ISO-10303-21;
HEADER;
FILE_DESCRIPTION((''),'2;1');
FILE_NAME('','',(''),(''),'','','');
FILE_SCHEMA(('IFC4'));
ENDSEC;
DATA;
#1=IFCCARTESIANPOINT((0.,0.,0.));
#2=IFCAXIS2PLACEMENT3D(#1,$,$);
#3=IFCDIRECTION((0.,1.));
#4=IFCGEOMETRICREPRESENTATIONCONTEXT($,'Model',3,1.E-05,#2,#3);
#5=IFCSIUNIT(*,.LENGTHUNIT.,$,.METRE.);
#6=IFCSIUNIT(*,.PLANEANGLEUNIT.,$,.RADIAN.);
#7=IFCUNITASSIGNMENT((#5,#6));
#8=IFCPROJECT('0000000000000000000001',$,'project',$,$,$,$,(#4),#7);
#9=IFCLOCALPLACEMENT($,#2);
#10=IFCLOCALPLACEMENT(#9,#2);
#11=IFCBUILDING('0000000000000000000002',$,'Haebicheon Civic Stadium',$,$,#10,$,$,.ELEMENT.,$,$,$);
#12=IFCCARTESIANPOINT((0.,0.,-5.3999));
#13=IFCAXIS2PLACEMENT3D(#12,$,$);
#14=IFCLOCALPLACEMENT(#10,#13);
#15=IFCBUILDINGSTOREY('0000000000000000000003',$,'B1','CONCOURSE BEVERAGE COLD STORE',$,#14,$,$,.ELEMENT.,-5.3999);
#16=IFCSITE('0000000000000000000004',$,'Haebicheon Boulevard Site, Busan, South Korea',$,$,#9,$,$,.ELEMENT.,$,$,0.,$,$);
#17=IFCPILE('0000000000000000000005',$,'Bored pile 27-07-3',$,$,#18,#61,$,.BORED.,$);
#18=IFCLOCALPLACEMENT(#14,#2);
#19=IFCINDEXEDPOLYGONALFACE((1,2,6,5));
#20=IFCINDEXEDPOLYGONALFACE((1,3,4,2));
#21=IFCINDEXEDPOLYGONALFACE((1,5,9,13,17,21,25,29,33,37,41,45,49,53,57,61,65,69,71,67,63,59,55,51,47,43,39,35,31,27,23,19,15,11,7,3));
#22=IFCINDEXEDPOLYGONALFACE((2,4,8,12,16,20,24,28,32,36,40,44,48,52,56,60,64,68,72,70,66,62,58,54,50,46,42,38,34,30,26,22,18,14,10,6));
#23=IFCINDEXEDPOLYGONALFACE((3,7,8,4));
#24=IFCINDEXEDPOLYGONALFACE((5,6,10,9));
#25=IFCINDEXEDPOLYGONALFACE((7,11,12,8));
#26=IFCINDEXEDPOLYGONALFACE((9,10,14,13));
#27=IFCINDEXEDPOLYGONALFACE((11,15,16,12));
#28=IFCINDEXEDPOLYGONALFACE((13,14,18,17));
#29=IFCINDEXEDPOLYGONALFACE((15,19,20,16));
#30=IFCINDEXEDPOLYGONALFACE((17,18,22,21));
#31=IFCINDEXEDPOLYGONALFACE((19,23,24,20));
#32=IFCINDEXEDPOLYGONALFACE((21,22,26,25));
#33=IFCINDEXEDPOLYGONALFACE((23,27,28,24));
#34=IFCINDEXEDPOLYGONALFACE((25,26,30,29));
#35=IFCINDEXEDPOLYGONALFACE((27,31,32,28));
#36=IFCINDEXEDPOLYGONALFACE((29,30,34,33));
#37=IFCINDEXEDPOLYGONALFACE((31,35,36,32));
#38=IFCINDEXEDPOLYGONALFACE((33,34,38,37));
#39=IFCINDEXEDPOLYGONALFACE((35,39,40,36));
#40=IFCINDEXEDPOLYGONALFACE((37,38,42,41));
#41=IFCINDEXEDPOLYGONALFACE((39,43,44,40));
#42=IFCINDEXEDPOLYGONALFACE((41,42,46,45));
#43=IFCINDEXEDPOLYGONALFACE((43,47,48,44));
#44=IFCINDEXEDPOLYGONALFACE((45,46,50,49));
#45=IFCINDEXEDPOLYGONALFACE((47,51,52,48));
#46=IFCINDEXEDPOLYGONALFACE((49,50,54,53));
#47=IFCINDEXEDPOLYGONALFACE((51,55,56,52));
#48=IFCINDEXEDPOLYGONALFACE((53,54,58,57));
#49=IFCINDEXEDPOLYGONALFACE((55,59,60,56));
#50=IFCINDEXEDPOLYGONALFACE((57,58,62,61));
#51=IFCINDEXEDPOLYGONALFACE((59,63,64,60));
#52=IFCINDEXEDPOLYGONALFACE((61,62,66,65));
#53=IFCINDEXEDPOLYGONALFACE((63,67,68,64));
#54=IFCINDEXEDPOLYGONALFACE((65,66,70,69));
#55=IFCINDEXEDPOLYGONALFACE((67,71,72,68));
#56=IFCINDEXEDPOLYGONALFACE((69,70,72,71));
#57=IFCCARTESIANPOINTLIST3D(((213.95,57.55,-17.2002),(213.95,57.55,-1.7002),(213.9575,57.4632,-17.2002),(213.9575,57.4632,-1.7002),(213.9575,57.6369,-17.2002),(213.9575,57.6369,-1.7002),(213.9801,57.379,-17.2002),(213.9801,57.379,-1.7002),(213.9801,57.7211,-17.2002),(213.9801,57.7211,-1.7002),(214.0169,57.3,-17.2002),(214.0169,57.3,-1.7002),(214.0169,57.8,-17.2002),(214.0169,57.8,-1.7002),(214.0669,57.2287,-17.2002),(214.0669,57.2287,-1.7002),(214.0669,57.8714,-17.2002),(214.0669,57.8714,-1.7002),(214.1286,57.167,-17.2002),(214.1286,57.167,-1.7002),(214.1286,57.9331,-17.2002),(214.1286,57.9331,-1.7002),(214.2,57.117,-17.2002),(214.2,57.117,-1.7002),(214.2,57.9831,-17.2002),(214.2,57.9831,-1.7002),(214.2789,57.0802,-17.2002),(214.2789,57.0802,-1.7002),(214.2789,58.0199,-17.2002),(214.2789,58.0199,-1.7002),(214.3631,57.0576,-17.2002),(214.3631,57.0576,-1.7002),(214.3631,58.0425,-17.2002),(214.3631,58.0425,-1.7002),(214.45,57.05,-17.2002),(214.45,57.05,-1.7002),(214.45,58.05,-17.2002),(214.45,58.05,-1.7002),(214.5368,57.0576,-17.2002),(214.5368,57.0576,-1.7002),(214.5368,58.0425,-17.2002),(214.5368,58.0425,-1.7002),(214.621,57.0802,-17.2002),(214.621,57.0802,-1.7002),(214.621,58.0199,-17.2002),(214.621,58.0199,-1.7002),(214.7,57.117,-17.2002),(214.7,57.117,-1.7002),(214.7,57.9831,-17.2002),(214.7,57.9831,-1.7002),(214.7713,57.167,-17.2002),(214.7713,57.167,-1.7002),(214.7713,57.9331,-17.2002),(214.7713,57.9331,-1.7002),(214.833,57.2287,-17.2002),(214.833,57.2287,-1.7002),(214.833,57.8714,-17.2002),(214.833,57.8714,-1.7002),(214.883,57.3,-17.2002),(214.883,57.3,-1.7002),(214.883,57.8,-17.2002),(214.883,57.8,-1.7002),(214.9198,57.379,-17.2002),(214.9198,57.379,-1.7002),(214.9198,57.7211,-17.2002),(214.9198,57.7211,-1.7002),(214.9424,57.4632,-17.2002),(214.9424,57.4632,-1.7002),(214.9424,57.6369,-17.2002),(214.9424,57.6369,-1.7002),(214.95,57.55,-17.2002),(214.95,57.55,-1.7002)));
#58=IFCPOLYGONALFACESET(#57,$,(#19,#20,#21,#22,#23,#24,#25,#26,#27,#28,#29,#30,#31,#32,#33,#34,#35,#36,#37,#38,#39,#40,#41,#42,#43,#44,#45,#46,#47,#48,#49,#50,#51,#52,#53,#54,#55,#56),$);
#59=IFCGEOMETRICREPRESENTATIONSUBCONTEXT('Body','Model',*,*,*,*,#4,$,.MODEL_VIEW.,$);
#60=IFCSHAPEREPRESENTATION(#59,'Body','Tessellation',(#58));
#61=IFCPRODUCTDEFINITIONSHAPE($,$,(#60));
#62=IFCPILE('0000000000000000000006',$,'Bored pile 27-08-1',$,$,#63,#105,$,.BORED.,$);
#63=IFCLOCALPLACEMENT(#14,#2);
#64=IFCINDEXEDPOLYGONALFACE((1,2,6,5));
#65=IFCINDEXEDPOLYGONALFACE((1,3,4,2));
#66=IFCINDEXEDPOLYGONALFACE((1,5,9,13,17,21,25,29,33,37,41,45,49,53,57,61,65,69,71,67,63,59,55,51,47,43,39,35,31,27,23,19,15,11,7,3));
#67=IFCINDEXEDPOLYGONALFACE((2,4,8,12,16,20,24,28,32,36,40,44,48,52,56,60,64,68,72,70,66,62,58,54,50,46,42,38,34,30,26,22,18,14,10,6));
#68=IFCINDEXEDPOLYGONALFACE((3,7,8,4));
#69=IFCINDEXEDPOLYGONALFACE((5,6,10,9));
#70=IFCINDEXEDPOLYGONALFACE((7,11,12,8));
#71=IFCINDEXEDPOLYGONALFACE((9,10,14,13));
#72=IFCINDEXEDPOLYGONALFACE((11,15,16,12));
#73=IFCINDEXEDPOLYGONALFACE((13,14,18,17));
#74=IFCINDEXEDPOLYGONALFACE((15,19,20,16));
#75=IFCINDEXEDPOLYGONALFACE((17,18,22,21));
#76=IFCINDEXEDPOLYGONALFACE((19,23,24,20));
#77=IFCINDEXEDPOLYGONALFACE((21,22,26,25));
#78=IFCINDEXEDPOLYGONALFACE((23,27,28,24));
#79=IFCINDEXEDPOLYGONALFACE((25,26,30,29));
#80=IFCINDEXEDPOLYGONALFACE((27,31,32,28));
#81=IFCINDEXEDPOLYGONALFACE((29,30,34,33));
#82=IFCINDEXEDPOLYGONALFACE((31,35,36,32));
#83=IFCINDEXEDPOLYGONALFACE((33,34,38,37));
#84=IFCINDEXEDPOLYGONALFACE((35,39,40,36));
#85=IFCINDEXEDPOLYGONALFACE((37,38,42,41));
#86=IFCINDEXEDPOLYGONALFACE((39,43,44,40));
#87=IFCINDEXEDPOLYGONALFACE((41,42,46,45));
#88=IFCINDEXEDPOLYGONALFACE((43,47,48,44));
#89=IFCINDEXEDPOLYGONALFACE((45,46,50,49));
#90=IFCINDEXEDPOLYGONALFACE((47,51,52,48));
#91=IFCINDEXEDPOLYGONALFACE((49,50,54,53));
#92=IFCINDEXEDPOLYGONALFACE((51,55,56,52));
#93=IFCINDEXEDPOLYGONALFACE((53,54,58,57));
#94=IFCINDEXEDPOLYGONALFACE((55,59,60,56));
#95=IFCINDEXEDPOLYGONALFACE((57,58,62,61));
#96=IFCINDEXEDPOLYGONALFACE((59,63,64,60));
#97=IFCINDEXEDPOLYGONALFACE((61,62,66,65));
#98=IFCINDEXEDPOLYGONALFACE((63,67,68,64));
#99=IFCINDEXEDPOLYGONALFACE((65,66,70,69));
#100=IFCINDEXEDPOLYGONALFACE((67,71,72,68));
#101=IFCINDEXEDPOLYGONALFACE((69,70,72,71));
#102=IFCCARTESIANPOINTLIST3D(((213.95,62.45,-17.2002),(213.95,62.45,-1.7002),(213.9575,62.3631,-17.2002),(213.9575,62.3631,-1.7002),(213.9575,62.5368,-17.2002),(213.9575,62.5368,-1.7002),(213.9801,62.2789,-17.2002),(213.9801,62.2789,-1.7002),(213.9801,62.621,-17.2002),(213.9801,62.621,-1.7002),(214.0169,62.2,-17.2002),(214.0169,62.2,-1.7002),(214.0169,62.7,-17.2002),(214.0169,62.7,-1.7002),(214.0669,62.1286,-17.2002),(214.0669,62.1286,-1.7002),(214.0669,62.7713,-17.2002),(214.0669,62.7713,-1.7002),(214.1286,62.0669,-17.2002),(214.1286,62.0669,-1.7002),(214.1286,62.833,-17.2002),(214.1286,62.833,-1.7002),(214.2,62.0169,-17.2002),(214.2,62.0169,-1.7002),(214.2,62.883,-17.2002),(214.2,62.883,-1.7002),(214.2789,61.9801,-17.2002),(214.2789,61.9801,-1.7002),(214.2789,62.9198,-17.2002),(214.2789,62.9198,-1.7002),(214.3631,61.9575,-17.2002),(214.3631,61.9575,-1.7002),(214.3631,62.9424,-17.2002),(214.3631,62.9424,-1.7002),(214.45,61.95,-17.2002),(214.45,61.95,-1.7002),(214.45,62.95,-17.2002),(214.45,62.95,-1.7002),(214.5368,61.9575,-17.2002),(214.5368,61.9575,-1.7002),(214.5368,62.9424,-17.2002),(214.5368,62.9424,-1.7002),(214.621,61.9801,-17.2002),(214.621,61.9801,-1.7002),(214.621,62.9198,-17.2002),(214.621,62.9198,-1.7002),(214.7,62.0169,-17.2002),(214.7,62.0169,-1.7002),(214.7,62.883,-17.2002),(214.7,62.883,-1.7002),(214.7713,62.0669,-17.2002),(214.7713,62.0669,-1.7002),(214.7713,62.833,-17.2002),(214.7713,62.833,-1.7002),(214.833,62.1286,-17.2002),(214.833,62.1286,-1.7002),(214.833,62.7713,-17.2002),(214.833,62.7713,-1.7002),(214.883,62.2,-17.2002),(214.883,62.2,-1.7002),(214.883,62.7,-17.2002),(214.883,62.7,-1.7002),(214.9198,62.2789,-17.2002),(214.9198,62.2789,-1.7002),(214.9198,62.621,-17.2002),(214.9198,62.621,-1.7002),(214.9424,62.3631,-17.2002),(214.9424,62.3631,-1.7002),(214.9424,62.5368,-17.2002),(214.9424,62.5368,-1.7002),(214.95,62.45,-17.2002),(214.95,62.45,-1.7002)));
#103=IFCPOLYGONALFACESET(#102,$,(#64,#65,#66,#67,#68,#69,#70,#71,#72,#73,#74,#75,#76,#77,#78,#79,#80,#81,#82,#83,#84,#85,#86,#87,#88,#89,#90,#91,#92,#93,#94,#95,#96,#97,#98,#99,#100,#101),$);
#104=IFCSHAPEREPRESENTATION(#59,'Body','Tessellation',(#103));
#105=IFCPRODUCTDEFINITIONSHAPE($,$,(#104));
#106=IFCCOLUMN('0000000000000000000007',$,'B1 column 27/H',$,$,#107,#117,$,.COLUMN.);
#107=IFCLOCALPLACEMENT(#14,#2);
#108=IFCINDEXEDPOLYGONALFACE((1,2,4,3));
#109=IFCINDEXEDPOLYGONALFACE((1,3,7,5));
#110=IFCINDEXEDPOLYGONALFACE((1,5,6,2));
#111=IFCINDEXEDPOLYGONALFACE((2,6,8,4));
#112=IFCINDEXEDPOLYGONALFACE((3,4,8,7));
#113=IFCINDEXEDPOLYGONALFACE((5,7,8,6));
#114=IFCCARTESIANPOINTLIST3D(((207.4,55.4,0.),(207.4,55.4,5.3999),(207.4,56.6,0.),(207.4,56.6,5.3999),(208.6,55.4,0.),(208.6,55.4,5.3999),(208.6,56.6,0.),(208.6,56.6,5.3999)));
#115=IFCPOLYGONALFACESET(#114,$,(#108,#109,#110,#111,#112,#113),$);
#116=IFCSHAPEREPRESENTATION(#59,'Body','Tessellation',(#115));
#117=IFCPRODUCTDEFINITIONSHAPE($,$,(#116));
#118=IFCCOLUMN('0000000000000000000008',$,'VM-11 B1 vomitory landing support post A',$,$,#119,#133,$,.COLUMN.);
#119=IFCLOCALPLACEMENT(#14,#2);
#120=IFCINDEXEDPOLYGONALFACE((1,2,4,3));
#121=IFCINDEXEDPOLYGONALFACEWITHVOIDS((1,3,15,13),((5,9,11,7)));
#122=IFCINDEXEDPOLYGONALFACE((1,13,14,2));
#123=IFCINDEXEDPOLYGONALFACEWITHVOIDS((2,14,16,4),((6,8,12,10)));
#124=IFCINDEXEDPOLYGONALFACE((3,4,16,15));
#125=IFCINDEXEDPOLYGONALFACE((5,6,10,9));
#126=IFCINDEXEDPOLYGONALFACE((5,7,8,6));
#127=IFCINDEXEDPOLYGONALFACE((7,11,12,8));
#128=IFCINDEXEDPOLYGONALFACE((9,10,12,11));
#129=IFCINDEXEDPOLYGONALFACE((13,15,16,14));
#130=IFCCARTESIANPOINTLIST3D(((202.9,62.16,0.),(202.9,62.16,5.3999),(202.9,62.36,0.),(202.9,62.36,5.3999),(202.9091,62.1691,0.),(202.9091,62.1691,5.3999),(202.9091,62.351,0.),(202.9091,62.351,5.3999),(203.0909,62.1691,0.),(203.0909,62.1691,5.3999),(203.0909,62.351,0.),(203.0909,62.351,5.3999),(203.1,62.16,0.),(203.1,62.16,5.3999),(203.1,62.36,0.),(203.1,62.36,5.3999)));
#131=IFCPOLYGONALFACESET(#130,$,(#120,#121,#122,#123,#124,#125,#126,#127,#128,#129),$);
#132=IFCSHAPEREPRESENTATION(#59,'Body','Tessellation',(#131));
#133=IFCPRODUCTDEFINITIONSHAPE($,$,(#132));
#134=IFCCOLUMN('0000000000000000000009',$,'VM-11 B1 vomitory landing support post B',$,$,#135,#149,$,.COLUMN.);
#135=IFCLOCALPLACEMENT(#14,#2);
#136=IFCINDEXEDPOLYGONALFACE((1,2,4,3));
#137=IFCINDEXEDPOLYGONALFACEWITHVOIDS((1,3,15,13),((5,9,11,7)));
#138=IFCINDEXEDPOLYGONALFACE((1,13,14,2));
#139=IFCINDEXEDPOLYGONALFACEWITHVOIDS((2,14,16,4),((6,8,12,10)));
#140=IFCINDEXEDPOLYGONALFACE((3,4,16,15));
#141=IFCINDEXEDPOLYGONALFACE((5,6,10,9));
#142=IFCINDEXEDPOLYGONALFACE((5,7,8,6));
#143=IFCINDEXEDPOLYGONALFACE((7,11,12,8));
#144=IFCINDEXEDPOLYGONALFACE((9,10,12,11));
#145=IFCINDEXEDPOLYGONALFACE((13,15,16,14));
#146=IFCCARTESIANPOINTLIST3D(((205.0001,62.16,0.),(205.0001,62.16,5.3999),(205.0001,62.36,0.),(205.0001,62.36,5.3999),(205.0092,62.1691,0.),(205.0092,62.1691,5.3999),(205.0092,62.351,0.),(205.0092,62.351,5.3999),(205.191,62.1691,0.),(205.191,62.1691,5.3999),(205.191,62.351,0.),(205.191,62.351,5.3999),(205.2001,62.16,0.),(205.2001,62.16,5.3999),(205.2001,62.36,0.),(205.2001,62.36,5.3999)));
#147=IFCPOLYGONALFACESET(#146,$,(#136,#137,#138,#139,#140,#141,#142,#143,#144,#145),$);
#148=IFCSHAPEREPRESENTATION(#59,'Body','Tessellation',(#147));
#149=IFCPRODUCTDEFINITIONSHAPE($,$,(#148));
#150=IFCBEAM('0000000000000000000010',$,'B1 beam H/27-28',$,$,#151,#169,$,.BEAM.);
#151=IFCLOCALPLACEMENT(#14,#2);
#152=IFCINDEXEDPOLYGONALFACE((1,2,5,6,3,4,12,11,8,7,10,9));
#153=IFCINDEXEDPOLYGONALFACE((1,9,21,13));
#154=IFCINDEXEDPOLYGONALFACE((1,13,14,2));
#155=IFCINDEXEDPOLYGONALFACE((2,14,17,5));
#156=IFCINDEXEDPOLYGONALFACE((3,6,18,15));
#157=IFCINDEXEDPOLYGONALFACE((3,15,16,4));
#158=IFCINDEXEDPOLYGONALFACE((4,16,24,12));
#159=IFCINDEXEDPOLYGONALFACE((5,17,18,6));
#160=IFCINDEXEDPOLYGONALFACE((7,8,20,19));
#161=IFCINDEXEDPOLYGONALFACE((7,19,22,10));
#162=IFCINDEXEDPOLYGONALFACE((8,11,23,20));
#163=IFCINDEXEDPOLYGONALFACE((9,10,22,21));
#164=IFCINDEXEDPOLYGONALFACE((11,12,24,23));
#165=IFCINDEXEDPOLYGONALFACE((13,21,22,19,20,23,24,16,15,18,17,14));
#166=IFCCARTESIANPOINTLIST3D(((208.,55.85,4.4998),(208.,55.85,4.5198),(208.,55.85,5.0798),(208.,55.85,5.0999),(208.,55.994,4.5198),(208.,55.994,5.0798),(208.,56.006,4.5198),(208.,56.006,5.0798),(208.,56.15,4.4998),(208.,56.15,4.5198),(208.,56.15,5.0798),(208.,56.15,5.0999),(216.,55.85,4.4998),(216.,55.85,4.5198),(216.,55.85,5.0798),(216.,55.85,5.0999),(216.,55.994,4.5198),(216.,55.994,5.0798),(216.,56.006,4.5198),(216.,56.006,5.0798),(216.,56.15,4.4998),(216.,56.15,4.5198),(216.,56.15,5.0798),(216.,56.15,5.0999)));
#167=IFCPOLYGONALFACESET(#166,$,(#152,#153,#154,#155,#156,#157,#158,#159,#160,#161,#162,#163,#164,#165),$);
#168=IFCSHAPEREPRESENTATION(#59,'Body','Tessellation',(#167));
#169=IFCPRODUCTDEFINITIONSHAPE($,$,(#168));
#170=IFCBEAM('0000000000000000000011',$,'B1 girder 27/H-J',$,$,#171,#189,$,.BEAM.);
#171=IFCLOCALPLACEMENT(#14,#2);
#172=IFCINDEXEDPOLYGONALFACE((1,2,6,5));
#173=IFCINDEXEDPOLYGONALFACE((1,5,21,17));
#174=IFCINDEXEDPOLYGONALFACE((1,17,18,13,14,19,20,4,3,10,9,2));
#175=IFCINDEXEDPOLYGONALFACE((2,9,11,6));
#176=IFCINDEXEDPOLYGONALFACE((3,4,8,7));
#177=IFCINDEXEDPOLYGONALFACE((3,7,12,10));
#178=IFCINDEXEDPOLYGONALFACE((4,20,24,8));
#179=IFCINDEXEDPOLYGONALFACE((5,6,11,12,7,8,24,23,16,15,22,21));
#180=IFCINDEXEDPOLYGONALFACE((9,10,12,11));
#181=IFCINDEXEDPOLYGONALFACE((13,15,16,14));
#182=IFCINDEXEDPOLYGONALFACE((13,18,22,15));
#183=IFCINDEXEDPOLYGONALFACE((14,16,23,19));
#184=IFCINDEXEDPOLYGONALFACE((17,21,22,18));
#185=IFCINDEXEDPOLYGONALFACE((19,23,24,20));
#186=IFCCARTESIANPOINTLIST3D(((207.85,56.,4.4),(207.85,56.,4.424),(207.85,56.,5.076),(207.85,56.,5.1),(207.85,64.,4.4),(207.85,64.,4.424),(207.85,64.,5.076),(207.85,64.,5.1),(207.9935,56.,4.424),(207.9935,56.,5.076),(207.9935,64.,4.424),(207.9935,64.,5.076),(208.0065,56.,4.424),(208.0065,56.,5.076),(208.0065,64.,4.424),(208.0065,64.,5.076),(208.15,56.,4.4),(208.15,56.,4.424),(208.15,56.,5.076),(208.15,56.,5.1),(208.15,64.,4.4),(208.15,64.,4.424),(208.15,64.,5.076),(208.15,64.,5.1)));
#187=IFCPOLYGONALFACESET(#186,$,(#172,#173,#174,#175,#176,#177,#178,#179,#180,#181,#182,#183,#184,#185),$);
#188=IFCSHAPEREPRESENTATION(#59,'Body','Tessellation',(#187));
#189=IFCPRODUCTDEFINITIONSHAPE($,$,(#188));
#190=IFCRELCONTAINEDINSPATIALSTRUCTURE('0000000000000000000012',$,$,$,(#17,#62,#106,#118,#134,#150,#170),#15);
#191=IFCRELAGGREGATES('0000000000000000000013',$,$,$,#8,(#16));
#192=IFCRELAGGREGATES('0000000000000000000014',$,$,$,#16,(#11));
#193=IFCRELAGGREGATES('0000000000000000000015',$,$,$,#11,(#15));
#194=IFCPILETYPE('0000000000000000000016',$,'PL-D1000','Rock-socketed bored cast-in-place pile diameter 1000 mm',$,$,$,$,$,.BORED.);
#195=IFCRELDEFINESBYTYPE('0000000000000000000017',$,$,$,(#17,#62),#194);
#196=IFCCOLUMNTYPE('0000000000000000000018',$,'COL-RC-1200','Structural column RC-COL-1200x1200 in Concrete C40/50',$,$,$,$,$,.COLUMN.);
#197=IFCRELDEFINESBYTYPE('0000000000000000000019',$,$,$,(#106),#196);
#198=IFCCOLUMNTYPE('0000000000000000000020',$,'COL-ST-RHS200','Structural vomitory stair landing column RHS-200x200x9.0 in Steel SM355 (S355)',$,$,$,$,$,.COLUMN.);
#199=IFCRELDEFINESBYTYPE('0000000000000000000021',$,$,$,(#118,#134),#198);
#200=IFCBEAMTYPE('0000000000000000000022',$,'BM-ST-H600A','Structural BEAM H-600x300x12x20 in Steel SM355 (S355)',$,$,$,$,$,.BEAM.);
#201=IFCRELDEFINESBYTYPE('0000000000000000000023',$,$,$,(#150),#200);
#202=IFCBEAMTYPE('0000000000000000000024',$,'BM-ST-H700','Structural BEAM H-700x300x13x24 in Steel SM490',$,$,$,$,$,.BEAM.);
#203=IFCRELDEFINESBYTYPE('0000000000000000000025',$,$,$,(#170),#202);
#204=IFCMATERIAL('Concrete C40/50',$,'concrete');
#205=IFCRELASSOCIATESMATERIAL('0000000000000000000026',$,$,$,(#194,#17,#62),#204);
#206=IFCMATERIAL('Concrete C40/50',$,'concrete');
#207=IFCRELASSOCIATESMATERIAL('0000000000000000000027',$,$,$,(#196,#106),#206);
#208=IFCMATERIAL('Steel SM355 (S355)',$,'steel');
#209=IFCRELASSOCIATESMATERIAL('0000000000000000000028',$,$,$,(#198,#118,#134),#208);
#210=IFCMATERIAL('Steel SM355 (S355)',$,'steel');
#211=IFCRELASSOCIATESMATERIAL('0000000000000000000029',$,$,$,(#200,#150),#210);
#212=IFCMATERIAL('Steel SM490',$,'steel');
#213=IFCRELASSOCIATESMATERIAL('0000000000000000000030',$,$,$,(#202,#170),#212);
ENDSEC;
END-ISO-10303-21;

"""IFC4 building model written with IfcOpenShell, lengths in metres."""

from ifc_helpers import new_model, si_unit, direction, frame, origin, origin_2d, place, context, subcontext, project, spatial, rectangle, hollow_rectangle, circle, i_section, extrude, material, material_profile, profile_set, type_object, element, save


model = new_model("IFC4")

# Units and contexts
model_context = context("Model", 3, precision=1e-05, world=origin(), true_north=direction((0.0, 1.0)))
body_context = subcontext(model_context, "Body", "Model", "MODEL_VIEW")
ifc_project = project(units=[si_unit("LENGTHUNIT", "METRE"), si_unit("PLANEANGLEUNIT", "RADIAN")], contexts=[model_context])

# Site, building, storey
site_placement = place(None, origin())
site = spatial("IfcSite", under=ifc_project, at=site_placement, Name="Haebicheon Boulevard Site, Busan, South Korea", CompositionType="ELEMENT", RefElevation=0.0)
building_placement = place(site_placement, origin())
building = spatial("IfcBuilding", under=site, at=building_placement, Name="Haebicheon Civic Stadium", CompositionType="ELEMENT")
storey_placement = place(building_placement, frame((0.0, 0.0, -5.3999)))
storey = spatial("IfcBuildingStorey", under=building, at=storey_placement, Name="B1", Description="CONCOURSE BEVERAGE COLD STORE", CompositionType="ELEMENT", Elevation=-5.3999)

# Piles
ifc_material_1 = material(Name="Concrete C40/50", Category="concrete")
ifc_material_profile_1 = material_profile(ifc_material_1, circle(Radius=0.5, at=origin_2d()), Name="PILE-D1000")
ifc_profile_set_1 = profile_set([ifc_material_profile_1], Name="Concrete C40/50")
pile_type = type_object("IfcPileType", Name="PL-D1000", Description="Rock-socketed bored cast-in-place pile diameter 1000 mm", PredefinedType="BORED", material=ifc_profile_set_1)
for number, where, z_axis, x_axis, name in (
    (1, (214.45, 57.55, -1.7002), (0.0, 0.0, -1.0), (1.0, 0.0, 0.0), "Bored pile 27-07-3"),
    (2, (214.45, 62.45, -1.7002), (0.0, 0.0, -1.0), (1.0, 0.0, 0.0), "Bored pile 27-08-1"),
):
    element("IfcPile", number, at=place(storey_placement, frame(where, z_axis=z_axis, x_axis=x_axis)), inside=storey, type_object=pile_type, material=ifc_profile_set_1, Name=name, PredefinedType="BORED", context=body_context, shape_type="SweptSolid", body=[
        extrude(circle(Radius=0.5, at=origin_2d()), origin(), (0.0, 0.0, 1.0), 15.5),
    ])

# Columns
ifc_material_2 = material(Name="Concrete C40/50", Category="concrete")
ifc_material_profile_2 = material_profile(ifc_material_2, rectangle(XDim=1.2, YDim=1.2, at=origin_2d()), Name="RC-COL-1200x1200")
ifc_profile_set_2 = profile_set([ifc_material_profile_2], Name="Concrete C40/50")
column_type_1 = type_object("IfcColumnType", Name="COL-RC-1200", Description="Structural column RC-COL-1200x1200 in Concrete C40/50", PredefinedType="COLUMN", material=ifc_profile_set_2)
column_placement = place(storey_placement, frame((208.0, 56.0, 0.0), z_axis=(0.0, 0.0, 1.0), x_axis=(1.0, 0.0, 0.0)))
element("IfcColumn", 3, at=column_placement, inside=storey, type_object=column_type_1, material=ifc_profile_set_2, Name="B1 column 27/H", PredefinedType="COLUMN", context=body_context, shape_type="SweptSolid", body=[
    extrude(rectangle(XDim=1.2, YDim=1.2, at=origin_2d()), origin(), (0.0, 0.0, 1.0), 5.3999),
])
ifc_material_3 = material(Name="Steel SM355 (S355)", Category="steel")
ifc_material_profile_3 = material_profile(ifc_material_3, hollow_rectangle(XDim=0.2, YDim=0.2, WallThickness=0.009, at=origin_2d()), Name="RHS-200x200x9.0")
ifc_profile_set_3 = profile_set([ifc_material_profile_3], Name="Steel SM355 (S355)")
column_type_2 = type_object("IfcColumnType", Name="COL-ST-RHS200", Description="Structural vomitory stair landing column RHS-200x200x9.0 in Steel SM355 (S355)", PredefinedType="COLUMN", material=ifc_profile_set_3)
for number, where, z_axis, x_axis, name in (
    (4, (203.0, 62.26, 0.0), (0.0, 0.0, 1.0), (1.0, 0.0, 0.0), "VM-11 B1 vomitory landing support post A"),
    (5, (205.1001, 62.26, 0.0), (0.0, 0.0, 1.0), (1.0, 0.0, 0.0), "VM-11 B1 vomitory landing support post B"),
):
    element("IfcColumn", number, at=place(storey_placement, frame(where, z_axis=z_axis, x_axis=x_axis)), inside=storey, type_object=column_type_2, material=ifc_profile_set_3, Name=name, PredefinedType="COLUMN", context=body_context, shape_type="SweptSolid", body=[
        extrude(hollow_rectangle(XDim=0.2, YDim=0.2, WallThickness=0.009, at=origin_2d()), origin(), (0.0, 0.0, 1.0), 5.3999),
    ])

# Beams
ifc_material_4 = material(Name="Steel SM355 (S355)", Category="steel")
ifc_material_profile_4 = material_profile(ifc_material_4, i_section(OverallWidth=0.3, OverallDepth=0.6001, WebThickness=0.012, FlangeThickness=0.02, at=origin_2d()), Name="H-600x300x12x20")
ifc_profile_set_4 = profile_set([ifc_material_profile_4], Name="Steel SM355 (S355)")
beam_type_1 = type_object("IfcBeamType", Name="BM-ST-H600A", Description="Structural BEAM H-600x300x12x20 in Steel SM355 (S355)", PredefinedType="BEAM", material=ifc_profile_set_4)
beam_1_placement = place(storey_placement, frame((208.0, 56.0, 4.7998), z_axis=(1.0, 0.0, 0.0), x_axis=(0.0, 1.0, 0.0)))
element("IfcBeam", 6, at=beam_1_placement, inside=storey, type_object=beam_type_1, material=ifc_profile_set_4, Name="B1 beam H/27-28", PredefinedType="BEAM", context=body_context, shape_type="SweptSolid", body=[
    extrude(i_section(OverallWidth=0.3, OverallDepth=0.6001, WebThickness=0.012, FlangeThickness=0.02, at=origin_2d()), origin(), (0.0, 0.0, 1.0), 8.0),
])
ifc_material_5 = material(Name="Steel SM490", Category="steel")
ifc_material_profile_5 = material_profile(ifc_material_5, i_section(OverallWidth=0.3, OverallDepth=0.7, WebThickness=0.0129, FlangeThickness=0.0239, at=origin_2d()), Name="H-700x300x13x24")
ifc_profile_set_5 = profile_set([ifc_material_profile_5], Name="Steel SM490")
beam_type_2 = type_object("IfcBeamType", Name="BM-ST-H700", Description="Structural BEAM H-700x300x13x24 in Steel SM490", PredefinedType="BEAM", material=ifc_profile_set_5)
beam_2_placement = place(storey_placement, frame((208.0, 56.0, 4.75), z_axis=(0.0, 1.0, 0.0), x_axis=(-1.0, 0.0, 0.0)))
element("IfcBeam", 7, at=beam_2_placement, inside=storey, type_object=beam_type_2, material=ifc_profile_set_5, Name="B1 girder 27/H-J", PredefinedType="BEAM", context=body_context, shape_type="SweptSolid", body=[
    extrude(i_section(OverallWidth=0.3, OverallDepth=0.7, WebThickness=0.0129, FlangeThickness=0.0239, at=origin_2d()), origin(), (0.0, 0.0, 1.0), 8.0),
])

save(model, "model.ifc")
